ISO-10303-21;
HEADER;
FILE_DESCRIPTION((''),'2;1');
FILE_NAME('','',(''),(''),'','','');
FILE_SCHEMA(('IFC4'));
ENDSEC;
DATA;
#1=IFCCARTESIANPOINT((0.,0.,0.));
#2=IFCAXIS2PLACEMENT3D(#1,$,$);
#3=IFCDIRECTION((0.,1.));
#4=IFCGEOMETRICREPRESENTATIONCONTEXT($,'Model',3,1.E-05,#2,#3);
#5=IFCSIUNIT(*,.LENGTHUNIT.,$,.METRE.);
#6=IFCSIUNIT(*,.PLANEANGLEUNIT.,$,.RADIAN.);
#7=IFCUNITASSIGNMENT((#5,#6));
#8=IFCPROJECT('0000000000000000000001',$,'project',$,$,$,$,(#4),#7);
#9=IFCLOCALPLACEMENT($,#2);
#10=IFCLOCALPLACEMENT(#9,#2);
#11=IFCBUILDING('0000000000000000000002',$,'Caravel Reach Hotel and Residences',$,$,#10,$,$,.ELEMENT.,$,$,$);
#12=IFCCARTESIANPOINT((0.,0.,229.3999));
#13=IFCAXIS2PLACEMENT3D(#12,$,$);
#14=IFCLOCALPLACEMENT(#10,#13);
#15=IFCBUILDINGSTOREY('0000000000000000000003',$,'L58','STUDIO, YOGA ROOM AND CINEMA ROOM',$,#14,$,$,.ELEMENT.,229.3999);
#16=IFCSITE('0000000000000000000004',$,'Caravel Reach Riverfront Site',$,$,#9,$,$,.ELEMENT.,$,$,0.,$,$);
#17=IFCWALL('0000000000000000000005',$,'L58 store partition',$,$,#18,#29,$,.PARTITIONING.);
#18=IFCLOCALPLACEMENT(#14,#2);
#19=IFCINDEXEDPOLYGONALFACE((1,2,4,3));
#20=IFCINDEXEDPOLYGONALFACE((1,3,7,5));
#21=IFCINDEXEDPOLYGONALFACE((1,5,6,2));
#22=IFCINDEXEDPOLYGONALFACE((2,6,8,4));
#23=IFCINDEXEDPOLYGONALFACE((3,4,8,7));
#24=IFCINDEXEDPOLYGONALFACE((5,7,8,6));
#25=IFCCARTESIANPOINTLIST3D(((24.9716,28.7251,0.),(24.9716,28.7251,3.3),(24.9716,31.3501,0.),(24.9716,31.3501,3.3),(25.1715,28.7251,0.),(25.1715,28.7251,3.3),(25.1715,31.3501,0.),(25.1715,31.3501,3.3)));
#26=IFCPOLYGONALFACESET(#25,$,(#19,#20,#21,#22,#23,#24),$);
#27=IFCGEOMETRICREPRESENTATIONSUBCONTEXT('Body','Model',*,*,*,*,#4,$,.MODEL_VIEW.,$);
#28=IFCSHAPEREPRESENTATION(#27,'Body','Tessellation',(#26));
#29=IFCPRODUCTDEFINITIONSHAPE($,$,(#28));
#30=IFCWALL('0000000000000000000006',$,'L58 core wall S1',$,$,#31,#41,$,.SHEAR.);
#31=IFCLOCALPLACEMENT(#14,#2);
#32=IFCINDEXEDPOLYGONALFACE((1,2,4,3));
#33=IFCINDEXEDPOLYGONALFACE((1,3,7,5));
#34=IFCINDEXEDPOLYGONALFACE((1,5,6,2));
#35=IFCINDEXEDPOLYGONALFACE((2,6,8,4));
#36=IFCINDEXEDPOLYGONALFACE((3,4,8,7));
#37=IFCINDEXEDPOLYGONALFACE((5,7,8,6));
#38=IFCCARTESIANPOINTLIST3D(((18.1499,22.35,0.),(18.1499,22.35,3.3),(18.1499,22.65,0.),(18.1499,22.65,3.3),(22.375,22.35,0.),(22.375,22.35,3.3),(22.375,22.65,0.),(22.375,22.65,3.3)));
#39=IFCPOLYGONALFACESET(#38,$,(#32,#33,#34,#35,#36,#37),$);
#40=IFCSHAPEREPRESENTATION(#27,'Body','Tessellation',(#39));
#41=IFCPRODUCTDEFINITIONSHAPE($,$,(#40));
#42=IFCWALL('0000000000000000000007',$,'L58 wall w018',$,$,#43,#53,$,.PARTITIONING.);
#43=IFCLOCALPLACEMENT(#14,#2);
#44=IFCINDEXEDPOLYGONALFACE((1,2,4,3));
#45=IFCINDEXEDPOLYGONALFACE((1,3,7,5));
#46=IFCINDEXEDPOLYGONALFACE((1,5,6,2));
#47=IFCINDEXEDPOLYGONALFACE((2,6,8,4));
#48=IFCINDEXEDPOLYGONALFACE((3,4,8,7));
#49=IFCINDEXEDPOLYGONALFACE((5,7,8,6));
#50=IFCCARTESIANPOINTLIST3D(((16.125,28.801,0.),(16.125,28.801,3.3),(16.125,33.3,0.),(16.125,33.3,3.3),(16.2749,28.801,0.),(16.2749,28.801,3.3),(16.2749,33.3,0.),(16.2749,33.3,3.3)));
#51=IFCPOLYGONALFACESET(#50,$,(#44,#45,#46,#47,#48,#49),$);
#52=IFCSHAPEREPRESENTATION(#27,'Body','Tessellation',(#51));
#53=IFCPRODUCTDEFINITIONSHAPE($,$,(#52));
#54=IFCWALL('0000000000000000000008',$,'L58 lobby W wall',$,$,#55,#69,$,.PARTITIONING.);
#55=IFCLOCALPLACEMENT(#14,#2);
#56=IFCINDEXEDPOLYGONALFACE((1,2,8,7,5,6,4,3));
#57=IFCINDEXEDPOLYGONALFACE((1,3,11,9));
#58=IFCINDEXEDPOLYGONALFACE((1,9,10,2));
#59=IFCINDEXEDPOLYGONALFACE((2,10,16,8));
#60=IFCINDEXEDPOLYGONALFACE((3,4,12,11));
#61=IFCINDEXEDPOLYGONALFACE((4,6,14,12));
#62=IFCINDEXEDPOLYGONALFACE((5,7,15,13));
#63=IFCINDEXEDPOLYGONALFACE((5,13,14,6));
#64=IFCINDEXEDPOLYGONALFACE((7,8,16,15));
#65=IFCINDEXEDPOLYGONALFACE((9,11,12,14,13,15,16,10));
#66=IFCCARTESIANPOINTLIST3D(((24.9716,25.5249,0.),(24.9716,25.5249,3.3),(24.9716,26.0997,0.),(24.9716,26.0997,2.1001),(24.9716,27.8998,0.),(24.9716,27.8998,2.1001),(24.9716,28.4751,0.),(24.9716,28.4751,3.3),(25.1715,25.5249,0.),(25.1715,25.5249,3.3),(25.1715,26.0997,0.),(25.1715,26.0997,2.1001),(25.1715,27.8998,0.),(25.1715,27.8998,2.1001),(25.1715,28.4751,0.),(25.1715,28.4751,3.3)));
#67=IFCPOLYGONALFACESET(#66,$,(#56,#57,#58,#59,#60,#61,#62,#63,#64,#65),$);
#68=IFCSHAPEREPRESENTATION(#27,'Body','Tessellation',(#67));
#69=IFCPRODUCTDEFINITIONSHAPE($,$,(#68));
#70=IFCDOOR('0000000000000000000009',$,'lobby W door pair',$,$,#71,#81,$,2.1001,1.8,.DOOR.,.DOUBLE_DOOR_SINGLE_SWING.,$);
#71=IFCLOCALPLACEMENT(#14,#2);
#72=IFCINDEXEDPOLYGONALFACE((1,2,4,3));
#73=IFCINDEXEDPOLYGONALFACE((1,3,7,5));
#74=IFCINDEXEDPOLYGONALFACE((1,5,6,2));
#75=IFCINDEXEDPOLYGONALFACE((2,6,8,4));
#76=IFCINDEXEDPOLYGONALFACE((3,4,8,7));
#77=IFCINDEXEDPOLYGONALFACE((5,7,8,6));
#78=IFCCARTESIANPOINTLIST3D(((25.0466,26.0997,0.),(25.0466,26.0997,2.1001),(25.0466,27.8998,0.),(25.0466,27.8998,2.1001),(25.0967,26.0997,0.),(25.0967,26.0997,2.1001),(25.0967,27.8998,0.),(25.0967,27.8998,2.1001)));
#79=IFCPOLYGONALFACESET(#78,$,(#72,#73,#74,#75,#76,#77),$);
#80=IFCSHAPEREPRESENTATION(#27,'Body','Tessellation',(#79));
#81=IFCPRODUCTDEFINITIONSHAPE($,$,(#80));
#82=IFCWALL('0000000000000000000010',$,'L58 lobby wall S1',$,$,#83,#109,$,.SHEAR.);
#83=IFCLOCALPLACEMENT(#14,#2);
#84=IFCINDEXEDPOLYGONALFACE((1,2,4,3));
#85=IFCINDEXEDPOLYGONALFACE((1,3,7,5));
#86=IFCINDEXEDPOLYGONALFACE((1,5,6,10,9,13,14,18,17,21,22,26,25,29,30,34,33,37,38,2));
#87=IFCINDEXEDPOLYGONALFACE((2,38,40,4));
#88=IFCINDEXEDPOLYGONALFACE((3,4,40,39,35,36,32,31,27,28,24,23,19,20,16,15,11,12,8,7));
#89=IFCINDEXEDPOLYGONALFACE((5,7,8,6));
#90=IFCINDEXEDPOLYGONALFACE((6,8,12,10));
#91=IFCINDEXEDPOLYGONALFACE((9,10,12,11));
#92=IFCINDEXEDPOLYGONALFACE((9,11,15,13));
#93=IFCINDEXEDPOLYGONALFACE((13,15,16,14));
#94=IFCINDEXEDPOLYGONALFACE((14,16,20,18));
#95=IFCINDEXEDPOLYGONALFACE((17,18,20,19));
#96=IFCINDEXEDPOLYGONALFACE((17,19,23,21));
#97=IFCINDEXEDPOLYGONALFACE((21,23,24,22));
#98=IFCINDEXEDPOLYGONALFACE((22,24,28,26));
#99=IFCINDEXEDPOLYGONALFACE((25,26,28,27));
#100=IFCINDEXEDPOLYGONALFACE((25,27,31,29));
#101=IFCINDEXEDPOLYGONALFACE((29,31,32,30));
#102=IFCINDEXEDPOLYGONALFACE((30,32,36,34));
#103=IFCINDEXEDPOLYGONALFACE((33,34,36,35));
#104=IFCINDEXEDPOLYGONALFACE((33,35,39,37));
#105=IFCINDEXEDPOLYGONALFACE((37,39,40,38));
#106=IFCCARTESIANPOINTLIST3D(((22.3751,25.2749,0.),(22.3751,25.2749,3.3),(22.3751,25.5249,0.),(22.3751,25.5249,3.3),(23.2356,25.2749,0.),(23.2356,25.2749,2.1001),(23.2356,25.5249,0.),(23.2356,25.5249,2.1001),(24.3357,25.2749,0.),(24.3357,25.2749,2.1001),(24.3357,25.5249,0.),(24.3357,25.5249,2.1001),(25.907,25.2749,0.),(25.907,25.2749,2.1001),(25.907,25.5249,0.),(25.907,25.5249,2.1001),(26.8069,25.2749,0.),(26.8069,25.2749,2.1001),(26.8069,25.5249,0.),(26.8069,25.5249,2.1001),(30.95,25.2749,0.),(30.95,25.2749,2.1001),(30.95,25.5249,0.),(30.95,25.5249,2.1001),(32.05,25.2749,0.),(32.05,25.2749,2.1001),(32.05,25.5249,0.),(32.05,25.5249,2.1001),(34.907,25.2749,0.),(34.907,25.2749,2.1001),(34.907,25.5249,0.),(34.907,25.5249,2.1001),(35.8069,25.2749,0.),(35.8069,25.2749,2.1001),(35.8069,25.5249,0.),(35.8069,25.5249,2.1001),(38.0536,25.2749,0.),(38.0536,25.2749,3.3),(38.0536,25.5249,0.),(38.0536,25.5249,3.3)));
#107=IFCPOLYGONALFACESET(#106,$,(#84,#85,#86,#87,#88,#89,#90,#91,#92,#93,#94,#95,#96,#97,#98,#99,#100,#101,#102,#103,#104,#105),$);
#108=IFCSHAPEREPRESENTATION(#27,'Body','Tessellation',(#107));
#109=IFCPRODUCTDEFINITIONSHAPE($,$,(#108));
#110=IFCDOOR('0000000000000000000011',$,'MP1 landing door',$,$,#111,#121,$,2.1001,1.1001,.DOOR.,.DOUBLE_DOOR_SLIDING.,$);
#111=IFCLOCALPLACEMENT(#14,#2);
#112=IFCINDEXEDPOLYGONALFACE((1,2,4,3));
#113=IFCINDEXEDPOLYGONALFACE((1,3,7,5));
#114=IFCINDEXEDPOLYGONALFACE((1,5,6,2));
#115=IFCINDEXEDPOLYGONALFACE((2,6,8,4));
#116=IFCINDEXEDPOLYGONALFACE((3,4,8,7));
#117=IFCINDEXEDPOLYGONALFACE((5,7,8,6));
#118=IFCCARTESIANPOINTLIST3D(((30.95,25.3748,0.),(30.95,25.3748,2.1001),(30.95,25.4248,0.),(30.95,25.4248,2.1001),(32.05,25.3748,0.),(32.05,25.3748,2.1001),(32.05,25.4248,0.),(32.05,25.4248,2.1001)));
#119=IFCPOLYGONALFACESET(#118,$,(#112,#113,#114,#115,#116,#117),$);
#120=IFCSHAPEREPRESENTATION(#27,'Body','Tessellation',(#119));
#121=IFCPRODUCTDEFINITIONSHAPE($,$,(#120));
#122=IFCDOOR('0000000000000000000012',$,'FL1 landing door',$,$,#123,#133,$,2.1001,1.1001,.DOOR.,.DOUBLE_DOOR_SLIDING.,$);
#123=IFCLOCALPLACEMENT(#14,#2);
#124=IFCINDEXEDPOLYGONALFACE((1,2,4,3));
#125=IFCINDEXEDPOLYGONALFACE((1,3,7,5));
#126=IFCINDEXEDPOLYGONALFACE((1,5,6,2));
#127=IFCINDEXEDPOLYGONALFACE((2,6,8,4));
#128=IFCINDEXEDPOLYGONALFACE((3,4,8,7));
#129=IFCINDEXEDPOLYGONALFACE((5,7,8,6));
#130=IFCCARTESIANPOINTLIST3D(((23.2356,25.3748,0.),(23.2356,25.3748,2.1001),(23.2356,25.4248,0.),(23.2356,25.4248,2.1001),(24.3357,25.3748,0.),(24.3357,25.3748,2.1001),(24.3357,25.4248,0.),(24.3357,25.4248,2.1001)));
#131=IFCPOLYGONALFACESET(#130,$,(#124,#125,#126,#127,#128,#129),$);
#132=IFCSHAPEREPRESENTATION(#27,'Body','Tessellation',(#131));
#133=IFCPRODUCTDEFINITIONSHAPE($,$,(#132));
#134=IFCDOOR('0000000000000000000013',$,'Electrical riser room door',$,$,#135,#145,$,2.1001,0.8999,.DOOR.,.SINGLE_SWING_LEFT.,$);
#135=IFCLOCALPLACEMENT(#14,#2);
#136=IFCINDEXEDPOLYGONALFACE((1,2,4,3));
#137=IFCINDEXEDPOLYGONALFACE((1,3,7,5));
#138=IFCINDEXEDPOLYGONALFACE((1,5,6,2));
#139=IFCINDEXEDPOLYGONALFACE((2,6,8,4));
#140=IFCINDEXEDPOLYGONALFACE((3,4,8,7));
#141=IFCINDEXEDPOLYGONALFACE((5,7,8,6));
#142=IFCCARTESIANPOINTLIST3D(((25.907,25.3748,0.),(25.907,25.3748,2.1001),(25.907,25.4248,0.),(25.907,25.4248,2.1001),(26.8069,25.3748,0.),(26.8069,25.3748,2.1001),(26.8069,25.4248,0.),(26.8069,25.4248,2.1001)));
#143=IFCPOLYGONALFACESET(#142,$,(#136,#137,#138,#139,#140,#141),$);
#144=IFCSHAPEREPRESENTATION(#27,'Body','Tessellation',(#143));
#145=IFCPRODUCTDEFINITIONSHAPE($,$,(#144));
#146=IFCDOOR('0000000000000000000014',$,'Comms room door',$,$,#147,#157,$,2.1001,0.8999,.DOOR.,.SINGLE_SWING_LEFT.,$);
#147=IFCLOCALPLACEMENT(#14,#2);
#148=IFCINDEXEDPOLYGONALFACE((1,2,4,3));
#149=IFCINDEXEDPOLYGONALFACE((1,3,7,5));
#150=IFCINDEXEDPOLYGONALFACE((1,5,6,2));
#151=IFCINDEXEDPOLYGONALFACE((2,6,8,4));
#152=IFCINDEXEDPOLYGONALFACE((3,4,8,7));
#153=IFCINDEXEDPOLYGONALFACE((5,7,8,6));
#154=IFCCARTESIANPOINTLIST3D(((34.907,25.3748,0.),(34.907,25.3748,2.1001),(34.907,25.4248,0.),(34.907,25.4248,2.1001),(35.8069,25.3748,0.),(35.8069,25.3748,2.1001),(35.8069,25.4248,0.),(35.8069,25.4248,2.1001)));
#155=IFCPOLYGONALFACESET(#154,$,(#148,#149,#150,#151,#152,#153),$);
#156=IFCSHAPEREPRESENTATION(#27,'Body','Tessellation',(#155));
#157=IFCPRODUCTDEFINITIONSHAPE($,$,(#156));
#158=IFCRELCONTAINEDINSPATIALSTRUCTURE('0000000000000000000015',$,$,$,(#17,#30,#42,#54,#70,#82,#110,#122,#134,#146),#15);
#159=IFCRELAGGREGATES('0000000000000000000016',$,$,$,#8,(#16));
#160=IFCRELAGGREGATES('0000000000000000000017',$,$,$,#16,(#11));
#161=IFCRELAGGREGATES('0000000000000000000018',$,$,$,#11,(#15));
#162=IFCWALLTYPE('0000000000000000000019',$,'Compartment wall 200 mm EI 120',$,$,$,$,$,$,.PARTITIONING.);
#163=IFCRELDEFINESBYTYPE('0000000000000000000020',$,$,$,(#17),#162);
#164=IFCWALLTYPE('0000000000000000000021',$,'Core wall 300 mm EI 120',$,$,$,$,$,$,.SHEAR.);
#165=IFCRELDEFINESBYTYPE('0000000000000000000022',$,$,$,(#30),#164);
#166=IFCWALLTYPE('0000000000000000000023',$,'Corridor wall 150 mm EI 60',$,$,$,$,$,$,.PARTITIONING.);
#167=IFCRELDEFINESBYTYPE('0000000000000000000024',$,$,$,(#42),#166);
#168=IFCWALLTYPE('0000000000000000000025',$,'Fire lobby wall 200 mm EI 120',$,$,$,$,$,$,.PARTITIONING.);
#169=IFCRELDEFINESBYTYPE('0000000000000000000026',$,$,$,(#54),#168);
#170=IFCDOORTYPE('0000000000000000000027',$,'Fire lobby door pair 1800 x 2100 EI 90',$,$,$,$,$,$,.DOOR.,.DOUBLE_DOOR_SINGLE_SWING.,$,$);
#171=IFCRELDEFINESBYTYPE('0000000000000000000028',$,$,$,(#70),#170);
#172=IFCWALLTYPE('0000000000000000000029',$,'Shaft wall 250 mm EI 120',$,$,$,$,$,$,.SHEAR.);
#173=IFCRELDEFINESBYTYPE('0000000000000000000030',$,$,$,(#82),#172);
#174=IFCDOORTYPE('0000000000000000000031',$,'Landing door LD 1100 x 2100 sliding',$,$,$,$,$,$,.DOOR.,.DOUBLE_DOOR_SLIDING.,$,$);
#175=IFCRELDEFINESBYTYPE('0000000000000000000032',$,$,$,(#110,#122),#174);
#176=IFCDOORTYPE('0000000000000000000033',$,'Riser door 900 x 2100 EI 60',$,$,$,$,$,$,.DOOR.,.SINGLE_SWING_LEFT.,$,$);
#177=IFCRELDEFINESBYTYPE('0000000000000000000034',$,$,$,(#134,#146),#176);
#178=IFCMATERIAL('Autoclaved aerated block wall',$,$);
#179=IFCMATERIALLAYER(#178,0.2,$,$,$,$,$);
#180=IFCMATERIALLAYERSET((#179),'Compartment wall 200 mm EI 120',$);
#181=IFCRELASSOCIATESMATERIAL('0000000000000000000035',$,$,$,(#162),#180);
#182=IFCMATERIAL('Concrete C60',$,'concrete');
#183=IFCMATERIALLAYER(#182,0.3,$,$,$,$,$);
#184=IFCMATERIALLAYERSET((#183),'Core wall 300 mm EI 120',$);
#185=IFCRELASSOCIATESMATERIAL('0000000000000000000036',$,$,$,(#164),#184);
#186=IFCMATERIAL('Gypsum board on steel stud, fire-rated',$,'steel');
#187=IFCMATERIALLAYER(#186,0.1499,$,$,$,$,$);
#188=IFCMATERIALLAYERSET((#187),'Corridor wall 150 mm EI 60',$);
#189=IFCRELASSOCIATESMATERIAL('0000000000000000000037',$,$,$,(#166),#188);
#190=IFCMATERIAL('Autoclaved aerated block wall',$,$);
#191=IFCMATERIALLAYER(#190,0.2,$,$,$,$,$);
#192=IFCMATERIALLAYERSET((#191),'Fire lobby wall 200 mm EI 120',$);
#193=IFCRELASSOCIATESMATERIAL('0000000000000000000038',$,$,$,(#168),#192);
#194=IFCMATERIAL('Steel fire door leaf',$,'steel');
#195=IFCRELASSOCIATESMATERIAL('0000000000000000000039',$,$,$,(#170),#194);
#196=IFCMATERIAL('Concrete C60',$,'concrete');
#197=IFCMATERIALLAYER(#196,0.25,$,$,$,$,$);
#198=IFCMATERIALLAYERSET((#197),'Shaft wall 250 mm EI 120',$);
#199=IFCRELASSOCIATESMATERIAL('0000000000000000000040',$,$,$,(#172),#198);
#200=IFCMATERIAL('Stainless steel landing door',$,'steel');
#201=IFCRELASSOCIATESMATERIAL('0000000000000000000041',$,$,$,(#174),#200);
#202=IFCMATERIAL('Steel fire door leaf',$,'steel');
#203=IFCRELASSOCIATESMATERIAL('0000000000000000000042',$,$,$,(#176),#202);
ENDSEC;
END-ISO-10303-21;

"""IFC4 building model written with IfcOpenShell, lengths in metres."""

from ifc_helpers import new_model, si_unit, direction, frame, frame_2d, origin, place, context, subcontext, project, spatial, rectangle, extrude, material, layer, layer_set, type_object, element, fill, save


model = new_model("IFC4")

# Units and contexts
model_context = context("Model", 3, precision=1e-05, world=origin(), true_north=direction((0.0, 1.0)))
body_context = subcontext(model_context, "Body", "Model", "MODEL_VIEW")
ifc_project = project(units=[si_unit("LENGTHUNIT", "METRE"), si_unit("PLANEANGLEUNIT", "RADIAN")], contexts=[model_context])

# Site, building, storey
site_placement = place(None, origin())
site = spatial("IfcSite", under=ifc_project, at=site_placement, Name="Caravel Reach Riverfront Site", CompositionType="ELEMENT", RefElevation=0.0)
building_placement = place(site_placement, origin())
building = spatial("IfcBuilding", under=site, at=building_placement, Name="Caravel Reach Hotel and Residences", CompositionType="ELEMENT")
storey_placement = place(building_placement, frame((0.0, 0.0, 229.3999)))
storey = spatial("IfcBuildingStorey", under=building, at=storey_placement, Name="L58", Description="STUDIO, YOGA ROOM AND CINEMA ROOM", CompositionType="ELEMENT", Elevation=229.3999)

# Walls
ifc_material_1 = material(Name="Autoclaved aerated block wall")
ifc_layer_1 = layer(ifc_material_1, 0.2)
ifc_layer_set_1 = layer_set([ifc_layer_1], Name="Compartment wall 200 mm EI 120")
wall_type_1 = type_object("IfcWallType", Name="Compartment wall 200 mm EI 120", PredefinedType="PARTITIONING", material=ifc_layer_set_1)
wall_1_placement = place(storey_placement, frame((25.0715, 28.7251, 0.0), z_axis=(0.0, 0.0, 1.0), x_axis=(0.0, 1.0, 0.0)))
element("IfcWall", 1, at=wall_1_placement, inside=storey, type_object=wall_type_1, Name="L58 store partition", PredefinedType="PARTITIONING", context=body_context, shape_type="SweptSolid", body=[
    extrude(rectangle(XDim=2.625, YDim=0.2, at=frame_2d((1.3125, 0.0))), origin(), (0.0, 0.0, 1.0), 3.3),
])
ifc_material_2 = material(Name="Concrete C60", Category="concrete")
ifc_layer_2 = layer(ifc_material_2, 0.3)
ifc_layer_set_2 = layer_set([ifc_layer_2], Name="Core wall 300 mm EI 120")
wall_type_2 = type_object("IfcWallType", Name="Core wall 300 mm EI 120", PredefinedType="SHEAR", material=ifc_layer_set_2)
wall_2_placement = place(storey_placement, frame((18.1499, 22.5, 0.0), z_axis=(0.0, 0.0, 1.0), x_axis=(1.0, 0.0, 0.0)))
element("IfcWall", 2, at=wall_2_placement, inside=storey, type_object=wall_type_2, Name="L58 core wall S1", PredefinedType="SHEAR", context=body_context, shape_type="SweptSolid", body=[
    extrude(rectangle(XDim=4.2251, YDim=0.3, at=frame_2d((2.1125, 0.0))), origin(), (0.0, 0.0, 1.0), 3.3),
])
ifc_material_3 = material(Name="Gypsum board on steel stud, fire-rated", Category="steel")
ifc_layer_3 = layer(ifc_material_3, 0.1499)
ifc_layer_set_3 = layer_set([ifc_layer_3], Name="Corridor wall 150 mm EI 60")
wall_type_3 = type_object("IfcWallType", Name="Corridor wall 150 mm EI 60", PredefinedType="PARTITIONING", material=ifc_layer_set_3)
wall_3_placement = place(storey_placement, frame((16.2, 28.801, 0.0), z_axis=(0.0, 0.0, 1.0), x_axis=(0.0, 1.0, 0.0)))
element("IfcWall", 3, at=wall_3_placement, inside=storey, type_object=wall_type_3, Name="L58 wall w018", PredefinedType="PARTITIONING", context=body_context, shape_type="SweptSolid", body=[
    extrude(rectangle(XDim=4.499, YDim=0.1499, at=frame_2d((2.2495, 0.0))), origin(), (0.0, 0.0, 1.0), 3.3),
])

# Wall, opening, door
ifc_material_4 = material(Name="Autoclaved aerated block wall")
ifc_layer_4 = layer(ifc_material_4, 0.2)
ifc_layer_set_4 = layer_set([ifc_layer_4], Name="Fire lobby wall 200 mm EI 120")
wall_type_4 = type_object("IfcWallType", Name="Fire lobby wall 200 mm EI 120", PredefinedType="PARTITIONING", material=ifc_layer_set_4)
wall_4_placement = place(storey_placement, frame((25.0715, 25.5249, 0.0), z_axis=(0.0, 0.0, 1.0), x_axis=(0.0, 1.0, 0.0)))
wall_4 = element("IfcWall", 4, at=wall_4_placement, inside=storey, type_object=wall_type_4, Name="L58 lobby W wall", PredefinedType="PARTITIONING", context=body_context, shape_type="SweptSolid", body=[
    extrude(rectangle(XDim=2.9502, YDim=0.2, at=frame_2d((1.4751, 0.0))), origin(), (0.0, 0.0, 1.0), 3.3),
])
opening_1_placement = place(wall_4_placement, frame((0.575, 0.0, 0.0)))
opening_1 = element("IfcOpeningElement", 5, at=opening_1_placement, cuts=wall_4, PredefinedType="OPENING", context=body_context, shape_type="SweptSolid", body=[
    extrude(rectangle(XDim=1.8, YDim=2.1001, at=frame_2d((0.8999, 1.05))), frame((0.0, 0.1099, 0.0), z_axis=(0.0, -1.0, 0.0), x_axis=(1.0, 0.0, 0.0)), (0.0, 0.0, 1.0), 0.22),
])
ifc_material_5 = material(Name="Steel fire door leaf", Category="steel")
door_type_1 = type_object("IfcDoorType", Name="Fire lobby door pair 1800 x 2100 EI 90", OperationType="DOUBLE_DOOR_SINGLE_SWING", PredefinedType="DOOR", material=ifc_material_5)
door_1_placement = place(opening_1_placement, origin())
door_1 = element("IfcDoor", 6, at=door_1_placement, inside=storey, type_object=door_type_1, Name="lobby W door pair", OperationType="DOUBLE_DOOR_SINGLE_SWING", OverallHeight=2.1001, OverallWidth=1.8, PredefinedType="DOOR", context=body_context, shape_type="SweptSolid", body=[
    extrude(rectangle(XDim=1.8, YDim=2.1001, at=frame_2d((0.8999, 1.05))), frame((0.0, 0.0249, 0.0), z_axis=(0.0, -1.0, 0.0), x_axis=(1.0, 0.0, 0.0)), (0.0, 0.0, 1.0), 0.05),
])
fill(opening_1, door_1)

# Wall, openings, doors
ifc_material_6 = material(Name="Concrete C60", Category="concrete")
ifc_layer_5 = layer(ifc_material_6, 0.25)
ifc_layer_set_5 = layer_set([ifc_layer_5], Name="Shaft wall 250 mm EI 120")
wall_type_5 = type_object("IfcWallType", Name="Shaft wall 250 mm EI 120", PredefinedType="SHEAR", material=ifc_layer_set_5)
wall_5_placement = place(storey_placement, frame((22.375, 25.3999, 0.0), z_axis=(0.0, 0.0, 1.0), x_axis=(1.0, 0.0, 0.0)))
wall_5 = element("IfcWall", 7, at=wall_5_placement, inside=storey, type_object=wall_type_5, Name="L58 lobby wall S1", PredefinedType="SHEAR", context=body_context, shape_type="SweptSolid", body=[
    extrude(rectangle(XDim=15.6785, YDim=0.25, at=frame_2d((7.8394, 0.0))), origin(), (0.0, 0.0, 1.0), 3.3),
])
opening_2_placement = place(wall_5_placement, frame((8.575, 0.0, 0.0)))
opening_2 = element("IfcOpeningElement", 8, at=opening_2_placement, cuts=wall_5, PredefinedType="OPENING", context=body_context, shape_type="SweptSolid", body=[
    extrude(rectangle(XDim=1.1001, YDim=2.1001, at=frame_2d((0.55, 1.05))), frame((0.0, 0.135, 0.0), z_axis=(0.0, -1.0, 0.0), x_axis=(1.0, 0.0, 0.0)), (0.0, 0.0, 1.0), 0.27),
])
opening_3_placement = place(wall_5_placement, frame((0.8606, 0.0, 0.0)))
opening_3 = element("IfcOpeningElement", 9, at=opening_3_placement, cuts=wall_5, PredefinedType="OPENING", context=body_context, shape_type="SweptSolid", body=[
    extrude(rectangle(XDim=1.1001, YDim=2.1001, at=frame_2d((0.55, 1.05))), frame((0.0, 0.135, 0.0), z_axis=(0.0, -1.0, 0.0), x_axis=(1.0, 0.0, 0.0)), (0.0, 0.0, 1.0), 0.27),
])
opening_4_placement = place(wall_5_placement, frame((3.532, 0.0, 0.0)))
opening_4 = element("IfcOpeningElement", 10, at=opening_4_placement, cuts=wall_5, PredefinedType="OPENING", context=body_context, shape_type="SweptSolid", body=[
    extrude(rectangle(XDim=0.8999, YDim=2.1001, at=frame_2d((0.45, 1.05))), frame((0.0, 0.135, 0.0), z_axis=(0.0, -1.0, 0.0), x_axis=(1.0, 0.0, 0.0)), (0.0, 0.0, 1.0), 0.27),
])
opening_5_placement = place(wall_5_placement, frame((12.532, 0.0, 0.0)))
opening_5 = element("IfcOpeningElement", 11, at=opening_5_placement, cuts=wall_5, PredefinedType="OPENING", context=body_context, shape_type="SweptSolid", body=[
    extrude(rectangle(XDim=0.8999, YDim=2.1001, at=frame_2d((0.45, 1.05))), frame((0.0, 0.135, 0.0), z_axis=(0.0, -1.0, 0.0), x_axis=(1.0, 0.0, 0.0)), (0.0, 0.0, 1.0), 0.27),
])
ifc_material_7 = material(Name="Stainless steel landing door", Category="steel")
door_type_2 = type_object("IfcDoorType", Name="Landing door LD 1100 x 2100 sliding", OperationType="DOUBLE_DOOR_SLIDING", PredefinedType="DOOR", material=ifc_material_7)
door_2_placement = place(opening_2_placement, origin())
door_2 = element("IfcDoor", 12, at=door_2_placement, inside=storey, type_object=door_type_2, Name="MP1 landing door", OperationType="DOUBLE_DOOR_SLIDING", OverallHeight=2.1001, OverallWidth=1.1001, PredefinedType="DOOR", context=body_context, shape_type="SweptSolid", body=[
    extrude(rectangle(XDim=1.1001, YDim=2.1001, at=frame_2d((0.55, 1.05))), frame((0.0, 0.0249, 0.0), z_axis=(0.0, -1.0, 0.0), x_axis=(1.0, 0.0, 0.0)), (0.0, 0.0, 1.0), 0.05),
])
fill(opening_2, door_2)
door_3_placement = place(opening_3_placement, origin())
door_3 = element("IfcDoor", 13, at=door_3_placement, inside=storey, type_object=door_type_2, Name="FL1 landing door", OperationType="DOUBLE_DOOR_SLIDING", OverallHeight=2.1001, OverallWidth=1.1001, PredefinedType="DOOR", context=body_context, shape_type="SweptSolid", body=[
    extrude(rectangle(XDim=1.1001, YDim=2.1001, at=frame_2d((0.55, 1.05))), frame((0.0, 0.0249, 0.0), z_axis=(0.0, -1.0, 0.0), x_axis=(1.0, 0.0, 0.0)), (0.0, 0.0, 1.0), 0.05),
])
fill(opening_3, door_3)
ifc_material_8 = material(Name="Steel fire door leaf", Category="steel")
door_type_3 = type_object("IfcDoorType", Name="Riser door 900 x 2100 EI 60", OperationType="SINGLE_SWING_LEFT", PredefinedType="DOOR", material=ifc_material_8)
door_4_placement = place(opening_4_placement, origin())
door_4 = element("IfcDoor", 14, at=door_4_placement, inside=storey, type_object=door_type_3, Name="Electrical riser room door", OperationType="SINGLE_SWING_LEFT", OverallHeight=2.1001, OverallWidth=0.8999, PredefinedType="DOOR", context=body_context, shape_type="SweptSolid", body=[
    extrude(rectangle(XDim=0.8999, YDim=2.1001, at=frame_2d((0.45, 1.05))), frame((0.0, 0.0249, 0.0), z_axis=(0.0, -1.0, 0.0), x_axis=(1.0, 0.0, 0.0)), (0.0, 0.0, 1.0), 0.05),
])
fill(opening_4, door_4)
door_5_placement = place(opening_5_placement, origin())
door_5 = element("IfcDoor", 15, at=door_5_placement, inside=storey, type_object=door_type_3, Name="Comms room door", OperationType="SINGLE_SWING_LEFT", OverallHeight=2.1001, OverallWidth=0.8999, PredefinedType="DOOR", context=body_context, shape_type="SweptSolid", body=[
    extrude(rectangle(XDim=0.8999, YDim=2.1001, at=frame_2d((0.45, 1.05))), frame((0.0, 0.0249, 0.0), z_axis=(0.0, -1.0, 0.0), x_axis=(1.0, 0.0, 0.0)), (0.0, 0.0, 1.0), 0.05),
])
fill(opening_5, door_5)

save(model, "model.ifc")
